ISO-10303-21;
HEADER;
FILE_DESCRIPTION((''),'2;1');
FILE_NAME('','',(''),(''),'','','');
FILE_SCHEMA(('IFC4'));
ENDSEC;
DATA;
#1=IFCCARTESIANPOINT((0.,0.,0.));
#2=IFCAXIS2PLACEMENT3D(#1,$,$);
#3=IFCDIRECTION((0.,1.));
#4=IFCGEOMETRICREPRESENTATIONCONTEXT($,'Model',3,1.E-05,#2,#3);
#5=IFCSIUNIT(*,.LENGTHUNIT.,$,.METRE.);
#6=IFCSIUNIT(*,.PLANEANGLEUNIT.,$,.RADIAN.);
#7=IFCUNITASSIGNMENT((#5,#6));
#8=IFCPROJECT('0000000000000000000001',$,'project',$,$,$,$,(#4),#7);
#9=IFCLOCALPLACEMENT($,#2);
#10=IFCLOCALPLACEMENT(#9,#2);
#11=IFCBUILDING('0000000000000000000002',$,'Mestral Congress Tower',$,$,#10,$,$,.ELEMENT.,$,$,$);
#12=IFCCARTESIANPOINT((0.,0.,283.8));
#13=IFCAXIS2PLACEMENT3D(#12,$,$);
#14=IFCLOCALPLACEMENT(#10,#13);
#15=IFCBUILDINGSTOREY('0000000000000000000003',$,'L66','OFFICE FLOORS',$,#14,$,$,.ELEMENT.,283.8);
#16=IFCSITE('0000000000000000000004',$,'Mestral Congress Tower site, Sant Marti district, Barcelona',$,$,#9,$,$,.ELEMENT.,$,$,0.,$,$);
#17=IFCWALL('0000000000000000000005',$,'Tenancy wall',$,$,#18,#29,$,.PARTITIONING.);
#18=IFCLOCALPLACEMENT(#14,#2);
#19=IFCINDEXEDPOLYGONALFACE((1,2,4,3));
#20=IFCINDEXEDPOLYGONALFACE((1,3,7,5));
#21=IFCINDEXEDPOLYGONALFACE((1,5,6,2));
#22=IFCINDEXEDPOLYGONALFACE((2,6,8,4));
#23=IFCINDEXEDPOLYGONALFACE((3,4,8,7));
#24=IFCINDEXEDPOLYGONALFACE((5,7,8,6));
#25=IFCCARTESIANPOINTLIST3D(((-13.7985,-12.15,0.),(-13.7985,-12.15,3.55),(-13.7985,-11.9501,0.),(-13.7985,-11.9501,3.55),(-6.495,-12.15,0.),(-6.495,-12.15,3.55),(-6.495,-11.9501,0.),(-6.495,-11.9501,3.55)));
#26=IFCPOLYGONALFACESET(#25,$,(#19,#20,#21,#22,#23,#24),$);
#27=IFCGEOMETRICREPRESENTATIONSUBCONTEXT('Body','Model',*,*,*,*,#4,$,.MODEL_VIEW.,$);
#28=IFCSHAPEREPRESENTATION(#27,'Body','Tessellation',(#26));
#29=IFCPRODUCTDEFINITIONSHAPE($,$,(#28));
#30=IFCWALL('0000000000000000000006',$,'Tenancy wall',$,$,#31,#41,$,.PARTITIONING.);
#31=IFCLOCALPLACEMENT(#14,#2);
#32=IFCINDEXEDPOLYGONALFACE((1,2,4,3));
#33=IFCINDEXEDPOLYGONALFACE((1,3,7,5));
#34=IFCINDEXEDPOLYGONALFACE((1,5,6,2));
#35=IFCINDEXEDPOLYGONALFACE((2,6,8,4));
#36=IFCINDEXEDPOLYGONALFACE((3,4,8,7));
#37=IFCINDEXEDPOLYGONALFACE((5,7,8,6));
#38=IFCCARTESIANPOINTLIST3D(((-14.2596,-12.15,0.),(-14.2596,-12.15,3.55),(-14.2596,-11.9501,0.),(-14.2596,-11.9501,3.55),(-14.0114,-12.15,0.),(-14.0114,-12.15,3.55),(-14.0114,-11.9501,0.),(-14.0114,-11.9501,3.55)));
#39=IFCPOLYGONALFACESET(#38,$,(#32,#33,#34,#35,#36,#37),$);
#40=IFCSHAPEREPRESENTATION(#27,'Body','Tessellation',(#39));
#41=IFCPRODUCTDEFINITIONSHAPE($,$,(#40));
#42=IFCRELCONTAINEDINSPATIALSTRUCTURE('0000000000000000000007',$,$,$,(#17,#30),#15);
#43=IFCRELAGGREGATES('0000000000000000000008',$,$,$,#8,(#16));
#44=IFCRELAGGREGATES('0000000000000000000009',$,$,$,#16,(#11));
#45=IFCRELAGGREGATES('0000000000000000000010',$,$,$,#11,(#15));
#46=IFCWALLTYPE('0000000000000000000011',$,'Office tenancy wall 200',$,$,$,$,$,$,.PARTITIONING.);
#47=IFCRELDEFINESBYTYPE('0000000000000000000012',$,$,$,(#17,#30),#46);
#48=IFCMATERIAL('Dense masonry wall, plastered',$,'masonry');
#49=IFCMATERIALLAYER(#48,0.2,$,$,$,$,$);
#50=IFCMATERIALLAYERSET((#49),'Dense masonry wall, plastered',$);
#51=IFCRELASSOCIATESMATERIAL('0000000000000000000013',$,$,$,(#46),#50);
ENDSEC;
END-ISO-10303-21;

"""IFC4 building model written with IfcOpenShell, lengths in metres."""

from ifc_helpers import new_model, si_unit, direction, frame, frame_2d, origin, place, context, subcontext, project, spatial, rectangle, extrude, material, layer, layer_set, type_object, element, save


model = new_model("IFC4")

# Units and contexts
model_context = context("Model", 3, precision=1e-05, world=origin(), true_north=direction((0.0, 1.0)))
body_context = subcontext(model_context, "Body", "Model", "MODEL_VIEW")
ifc_project = project(units=[si_unit("LENGTHUNIT", "METRE"), si_unit("PLANEANGLEUNIT", "RADIAN")], contexts=[model_context])

# Site, building, storey
site_placement = place(None, origin())
site = spatial("IfcSite", under=ifc_project, at=site_placement, Name="Mestral Congress Tower site, Sant Marti district, Barcelona", CompositionType="ELEMENT", RefElevation=0.0)
building_placement = place(site_placement, origin())
building = spatial("IfcBuilding", under=site, at=building_placement, Name="Mestral Congress Tower", CompositionType="ELEMENT")
storey_placement = place(building_placement, frame((0.0, 0.0, 283.8)))
storey = spatial("IfcBuildingStorey", under=building, at=storey_placement, Name="L66", Description="OFFICE FLOORS", CompositionType="ELEMENT", Elevation=283.8)

# Walls
ifc_material_1 = material(Name="Dense masonry wall, plastered", Category="masonry")
ifc_layer_1 = layer(ifc_material_1, 0.2)
ifc_layer_set_1 = layer_set([ifc_layer_1], Name="Dense masonry wall, plastered")
wall_type_1 = type_object("IfcWallType", Name="Office tenancy wall 200", PredefinedType="PARTITIONING", material=ifc_layer_set_1)
wall_1_placement = place(storey_placement, frame((-13.7986, -12.05, 0.0), z_axis=(0.0, 0.0, 1.0), x_axis=(1.0, 0.0, 0.0)))
element("IfcWall", 1, at=wall_1_placement, inside=storey, type_object=wall_type_1, Name="Tenancy wall", PredefinedType="PARTITIONING", context=body_context, shape_type="SweptSolid", body=[
    extrude(rectangle(XDim=7.3035, YDim=0.2, at=frame_2d((3.6519, 0.0))), origin(), (0.0, 0.0, 1.0), 3.55),
])
wall_2_placement = place(storey_placement, frame((-14.2595, -12.05, 0.0), z_axis=(0.0, 0.0, 1.0), x_axis=(1.0, 0.0, 0.0)))
element("IfcWall", 2, at=wall_2_placement, inside=storey, type_object=wall_type_1, Name="Tenancy wall", PredefinedType="PARTITIONING", context=body_context, shape_type="SweptSolid", body=[
    extrude(rectangle(XDim=0.2483, YDim=0.2, at=frame_2d((0.124, 0.0))), origin(), (0.0, 0.0, 1.0), 3.55),
])

save(model, "model.ifc")
